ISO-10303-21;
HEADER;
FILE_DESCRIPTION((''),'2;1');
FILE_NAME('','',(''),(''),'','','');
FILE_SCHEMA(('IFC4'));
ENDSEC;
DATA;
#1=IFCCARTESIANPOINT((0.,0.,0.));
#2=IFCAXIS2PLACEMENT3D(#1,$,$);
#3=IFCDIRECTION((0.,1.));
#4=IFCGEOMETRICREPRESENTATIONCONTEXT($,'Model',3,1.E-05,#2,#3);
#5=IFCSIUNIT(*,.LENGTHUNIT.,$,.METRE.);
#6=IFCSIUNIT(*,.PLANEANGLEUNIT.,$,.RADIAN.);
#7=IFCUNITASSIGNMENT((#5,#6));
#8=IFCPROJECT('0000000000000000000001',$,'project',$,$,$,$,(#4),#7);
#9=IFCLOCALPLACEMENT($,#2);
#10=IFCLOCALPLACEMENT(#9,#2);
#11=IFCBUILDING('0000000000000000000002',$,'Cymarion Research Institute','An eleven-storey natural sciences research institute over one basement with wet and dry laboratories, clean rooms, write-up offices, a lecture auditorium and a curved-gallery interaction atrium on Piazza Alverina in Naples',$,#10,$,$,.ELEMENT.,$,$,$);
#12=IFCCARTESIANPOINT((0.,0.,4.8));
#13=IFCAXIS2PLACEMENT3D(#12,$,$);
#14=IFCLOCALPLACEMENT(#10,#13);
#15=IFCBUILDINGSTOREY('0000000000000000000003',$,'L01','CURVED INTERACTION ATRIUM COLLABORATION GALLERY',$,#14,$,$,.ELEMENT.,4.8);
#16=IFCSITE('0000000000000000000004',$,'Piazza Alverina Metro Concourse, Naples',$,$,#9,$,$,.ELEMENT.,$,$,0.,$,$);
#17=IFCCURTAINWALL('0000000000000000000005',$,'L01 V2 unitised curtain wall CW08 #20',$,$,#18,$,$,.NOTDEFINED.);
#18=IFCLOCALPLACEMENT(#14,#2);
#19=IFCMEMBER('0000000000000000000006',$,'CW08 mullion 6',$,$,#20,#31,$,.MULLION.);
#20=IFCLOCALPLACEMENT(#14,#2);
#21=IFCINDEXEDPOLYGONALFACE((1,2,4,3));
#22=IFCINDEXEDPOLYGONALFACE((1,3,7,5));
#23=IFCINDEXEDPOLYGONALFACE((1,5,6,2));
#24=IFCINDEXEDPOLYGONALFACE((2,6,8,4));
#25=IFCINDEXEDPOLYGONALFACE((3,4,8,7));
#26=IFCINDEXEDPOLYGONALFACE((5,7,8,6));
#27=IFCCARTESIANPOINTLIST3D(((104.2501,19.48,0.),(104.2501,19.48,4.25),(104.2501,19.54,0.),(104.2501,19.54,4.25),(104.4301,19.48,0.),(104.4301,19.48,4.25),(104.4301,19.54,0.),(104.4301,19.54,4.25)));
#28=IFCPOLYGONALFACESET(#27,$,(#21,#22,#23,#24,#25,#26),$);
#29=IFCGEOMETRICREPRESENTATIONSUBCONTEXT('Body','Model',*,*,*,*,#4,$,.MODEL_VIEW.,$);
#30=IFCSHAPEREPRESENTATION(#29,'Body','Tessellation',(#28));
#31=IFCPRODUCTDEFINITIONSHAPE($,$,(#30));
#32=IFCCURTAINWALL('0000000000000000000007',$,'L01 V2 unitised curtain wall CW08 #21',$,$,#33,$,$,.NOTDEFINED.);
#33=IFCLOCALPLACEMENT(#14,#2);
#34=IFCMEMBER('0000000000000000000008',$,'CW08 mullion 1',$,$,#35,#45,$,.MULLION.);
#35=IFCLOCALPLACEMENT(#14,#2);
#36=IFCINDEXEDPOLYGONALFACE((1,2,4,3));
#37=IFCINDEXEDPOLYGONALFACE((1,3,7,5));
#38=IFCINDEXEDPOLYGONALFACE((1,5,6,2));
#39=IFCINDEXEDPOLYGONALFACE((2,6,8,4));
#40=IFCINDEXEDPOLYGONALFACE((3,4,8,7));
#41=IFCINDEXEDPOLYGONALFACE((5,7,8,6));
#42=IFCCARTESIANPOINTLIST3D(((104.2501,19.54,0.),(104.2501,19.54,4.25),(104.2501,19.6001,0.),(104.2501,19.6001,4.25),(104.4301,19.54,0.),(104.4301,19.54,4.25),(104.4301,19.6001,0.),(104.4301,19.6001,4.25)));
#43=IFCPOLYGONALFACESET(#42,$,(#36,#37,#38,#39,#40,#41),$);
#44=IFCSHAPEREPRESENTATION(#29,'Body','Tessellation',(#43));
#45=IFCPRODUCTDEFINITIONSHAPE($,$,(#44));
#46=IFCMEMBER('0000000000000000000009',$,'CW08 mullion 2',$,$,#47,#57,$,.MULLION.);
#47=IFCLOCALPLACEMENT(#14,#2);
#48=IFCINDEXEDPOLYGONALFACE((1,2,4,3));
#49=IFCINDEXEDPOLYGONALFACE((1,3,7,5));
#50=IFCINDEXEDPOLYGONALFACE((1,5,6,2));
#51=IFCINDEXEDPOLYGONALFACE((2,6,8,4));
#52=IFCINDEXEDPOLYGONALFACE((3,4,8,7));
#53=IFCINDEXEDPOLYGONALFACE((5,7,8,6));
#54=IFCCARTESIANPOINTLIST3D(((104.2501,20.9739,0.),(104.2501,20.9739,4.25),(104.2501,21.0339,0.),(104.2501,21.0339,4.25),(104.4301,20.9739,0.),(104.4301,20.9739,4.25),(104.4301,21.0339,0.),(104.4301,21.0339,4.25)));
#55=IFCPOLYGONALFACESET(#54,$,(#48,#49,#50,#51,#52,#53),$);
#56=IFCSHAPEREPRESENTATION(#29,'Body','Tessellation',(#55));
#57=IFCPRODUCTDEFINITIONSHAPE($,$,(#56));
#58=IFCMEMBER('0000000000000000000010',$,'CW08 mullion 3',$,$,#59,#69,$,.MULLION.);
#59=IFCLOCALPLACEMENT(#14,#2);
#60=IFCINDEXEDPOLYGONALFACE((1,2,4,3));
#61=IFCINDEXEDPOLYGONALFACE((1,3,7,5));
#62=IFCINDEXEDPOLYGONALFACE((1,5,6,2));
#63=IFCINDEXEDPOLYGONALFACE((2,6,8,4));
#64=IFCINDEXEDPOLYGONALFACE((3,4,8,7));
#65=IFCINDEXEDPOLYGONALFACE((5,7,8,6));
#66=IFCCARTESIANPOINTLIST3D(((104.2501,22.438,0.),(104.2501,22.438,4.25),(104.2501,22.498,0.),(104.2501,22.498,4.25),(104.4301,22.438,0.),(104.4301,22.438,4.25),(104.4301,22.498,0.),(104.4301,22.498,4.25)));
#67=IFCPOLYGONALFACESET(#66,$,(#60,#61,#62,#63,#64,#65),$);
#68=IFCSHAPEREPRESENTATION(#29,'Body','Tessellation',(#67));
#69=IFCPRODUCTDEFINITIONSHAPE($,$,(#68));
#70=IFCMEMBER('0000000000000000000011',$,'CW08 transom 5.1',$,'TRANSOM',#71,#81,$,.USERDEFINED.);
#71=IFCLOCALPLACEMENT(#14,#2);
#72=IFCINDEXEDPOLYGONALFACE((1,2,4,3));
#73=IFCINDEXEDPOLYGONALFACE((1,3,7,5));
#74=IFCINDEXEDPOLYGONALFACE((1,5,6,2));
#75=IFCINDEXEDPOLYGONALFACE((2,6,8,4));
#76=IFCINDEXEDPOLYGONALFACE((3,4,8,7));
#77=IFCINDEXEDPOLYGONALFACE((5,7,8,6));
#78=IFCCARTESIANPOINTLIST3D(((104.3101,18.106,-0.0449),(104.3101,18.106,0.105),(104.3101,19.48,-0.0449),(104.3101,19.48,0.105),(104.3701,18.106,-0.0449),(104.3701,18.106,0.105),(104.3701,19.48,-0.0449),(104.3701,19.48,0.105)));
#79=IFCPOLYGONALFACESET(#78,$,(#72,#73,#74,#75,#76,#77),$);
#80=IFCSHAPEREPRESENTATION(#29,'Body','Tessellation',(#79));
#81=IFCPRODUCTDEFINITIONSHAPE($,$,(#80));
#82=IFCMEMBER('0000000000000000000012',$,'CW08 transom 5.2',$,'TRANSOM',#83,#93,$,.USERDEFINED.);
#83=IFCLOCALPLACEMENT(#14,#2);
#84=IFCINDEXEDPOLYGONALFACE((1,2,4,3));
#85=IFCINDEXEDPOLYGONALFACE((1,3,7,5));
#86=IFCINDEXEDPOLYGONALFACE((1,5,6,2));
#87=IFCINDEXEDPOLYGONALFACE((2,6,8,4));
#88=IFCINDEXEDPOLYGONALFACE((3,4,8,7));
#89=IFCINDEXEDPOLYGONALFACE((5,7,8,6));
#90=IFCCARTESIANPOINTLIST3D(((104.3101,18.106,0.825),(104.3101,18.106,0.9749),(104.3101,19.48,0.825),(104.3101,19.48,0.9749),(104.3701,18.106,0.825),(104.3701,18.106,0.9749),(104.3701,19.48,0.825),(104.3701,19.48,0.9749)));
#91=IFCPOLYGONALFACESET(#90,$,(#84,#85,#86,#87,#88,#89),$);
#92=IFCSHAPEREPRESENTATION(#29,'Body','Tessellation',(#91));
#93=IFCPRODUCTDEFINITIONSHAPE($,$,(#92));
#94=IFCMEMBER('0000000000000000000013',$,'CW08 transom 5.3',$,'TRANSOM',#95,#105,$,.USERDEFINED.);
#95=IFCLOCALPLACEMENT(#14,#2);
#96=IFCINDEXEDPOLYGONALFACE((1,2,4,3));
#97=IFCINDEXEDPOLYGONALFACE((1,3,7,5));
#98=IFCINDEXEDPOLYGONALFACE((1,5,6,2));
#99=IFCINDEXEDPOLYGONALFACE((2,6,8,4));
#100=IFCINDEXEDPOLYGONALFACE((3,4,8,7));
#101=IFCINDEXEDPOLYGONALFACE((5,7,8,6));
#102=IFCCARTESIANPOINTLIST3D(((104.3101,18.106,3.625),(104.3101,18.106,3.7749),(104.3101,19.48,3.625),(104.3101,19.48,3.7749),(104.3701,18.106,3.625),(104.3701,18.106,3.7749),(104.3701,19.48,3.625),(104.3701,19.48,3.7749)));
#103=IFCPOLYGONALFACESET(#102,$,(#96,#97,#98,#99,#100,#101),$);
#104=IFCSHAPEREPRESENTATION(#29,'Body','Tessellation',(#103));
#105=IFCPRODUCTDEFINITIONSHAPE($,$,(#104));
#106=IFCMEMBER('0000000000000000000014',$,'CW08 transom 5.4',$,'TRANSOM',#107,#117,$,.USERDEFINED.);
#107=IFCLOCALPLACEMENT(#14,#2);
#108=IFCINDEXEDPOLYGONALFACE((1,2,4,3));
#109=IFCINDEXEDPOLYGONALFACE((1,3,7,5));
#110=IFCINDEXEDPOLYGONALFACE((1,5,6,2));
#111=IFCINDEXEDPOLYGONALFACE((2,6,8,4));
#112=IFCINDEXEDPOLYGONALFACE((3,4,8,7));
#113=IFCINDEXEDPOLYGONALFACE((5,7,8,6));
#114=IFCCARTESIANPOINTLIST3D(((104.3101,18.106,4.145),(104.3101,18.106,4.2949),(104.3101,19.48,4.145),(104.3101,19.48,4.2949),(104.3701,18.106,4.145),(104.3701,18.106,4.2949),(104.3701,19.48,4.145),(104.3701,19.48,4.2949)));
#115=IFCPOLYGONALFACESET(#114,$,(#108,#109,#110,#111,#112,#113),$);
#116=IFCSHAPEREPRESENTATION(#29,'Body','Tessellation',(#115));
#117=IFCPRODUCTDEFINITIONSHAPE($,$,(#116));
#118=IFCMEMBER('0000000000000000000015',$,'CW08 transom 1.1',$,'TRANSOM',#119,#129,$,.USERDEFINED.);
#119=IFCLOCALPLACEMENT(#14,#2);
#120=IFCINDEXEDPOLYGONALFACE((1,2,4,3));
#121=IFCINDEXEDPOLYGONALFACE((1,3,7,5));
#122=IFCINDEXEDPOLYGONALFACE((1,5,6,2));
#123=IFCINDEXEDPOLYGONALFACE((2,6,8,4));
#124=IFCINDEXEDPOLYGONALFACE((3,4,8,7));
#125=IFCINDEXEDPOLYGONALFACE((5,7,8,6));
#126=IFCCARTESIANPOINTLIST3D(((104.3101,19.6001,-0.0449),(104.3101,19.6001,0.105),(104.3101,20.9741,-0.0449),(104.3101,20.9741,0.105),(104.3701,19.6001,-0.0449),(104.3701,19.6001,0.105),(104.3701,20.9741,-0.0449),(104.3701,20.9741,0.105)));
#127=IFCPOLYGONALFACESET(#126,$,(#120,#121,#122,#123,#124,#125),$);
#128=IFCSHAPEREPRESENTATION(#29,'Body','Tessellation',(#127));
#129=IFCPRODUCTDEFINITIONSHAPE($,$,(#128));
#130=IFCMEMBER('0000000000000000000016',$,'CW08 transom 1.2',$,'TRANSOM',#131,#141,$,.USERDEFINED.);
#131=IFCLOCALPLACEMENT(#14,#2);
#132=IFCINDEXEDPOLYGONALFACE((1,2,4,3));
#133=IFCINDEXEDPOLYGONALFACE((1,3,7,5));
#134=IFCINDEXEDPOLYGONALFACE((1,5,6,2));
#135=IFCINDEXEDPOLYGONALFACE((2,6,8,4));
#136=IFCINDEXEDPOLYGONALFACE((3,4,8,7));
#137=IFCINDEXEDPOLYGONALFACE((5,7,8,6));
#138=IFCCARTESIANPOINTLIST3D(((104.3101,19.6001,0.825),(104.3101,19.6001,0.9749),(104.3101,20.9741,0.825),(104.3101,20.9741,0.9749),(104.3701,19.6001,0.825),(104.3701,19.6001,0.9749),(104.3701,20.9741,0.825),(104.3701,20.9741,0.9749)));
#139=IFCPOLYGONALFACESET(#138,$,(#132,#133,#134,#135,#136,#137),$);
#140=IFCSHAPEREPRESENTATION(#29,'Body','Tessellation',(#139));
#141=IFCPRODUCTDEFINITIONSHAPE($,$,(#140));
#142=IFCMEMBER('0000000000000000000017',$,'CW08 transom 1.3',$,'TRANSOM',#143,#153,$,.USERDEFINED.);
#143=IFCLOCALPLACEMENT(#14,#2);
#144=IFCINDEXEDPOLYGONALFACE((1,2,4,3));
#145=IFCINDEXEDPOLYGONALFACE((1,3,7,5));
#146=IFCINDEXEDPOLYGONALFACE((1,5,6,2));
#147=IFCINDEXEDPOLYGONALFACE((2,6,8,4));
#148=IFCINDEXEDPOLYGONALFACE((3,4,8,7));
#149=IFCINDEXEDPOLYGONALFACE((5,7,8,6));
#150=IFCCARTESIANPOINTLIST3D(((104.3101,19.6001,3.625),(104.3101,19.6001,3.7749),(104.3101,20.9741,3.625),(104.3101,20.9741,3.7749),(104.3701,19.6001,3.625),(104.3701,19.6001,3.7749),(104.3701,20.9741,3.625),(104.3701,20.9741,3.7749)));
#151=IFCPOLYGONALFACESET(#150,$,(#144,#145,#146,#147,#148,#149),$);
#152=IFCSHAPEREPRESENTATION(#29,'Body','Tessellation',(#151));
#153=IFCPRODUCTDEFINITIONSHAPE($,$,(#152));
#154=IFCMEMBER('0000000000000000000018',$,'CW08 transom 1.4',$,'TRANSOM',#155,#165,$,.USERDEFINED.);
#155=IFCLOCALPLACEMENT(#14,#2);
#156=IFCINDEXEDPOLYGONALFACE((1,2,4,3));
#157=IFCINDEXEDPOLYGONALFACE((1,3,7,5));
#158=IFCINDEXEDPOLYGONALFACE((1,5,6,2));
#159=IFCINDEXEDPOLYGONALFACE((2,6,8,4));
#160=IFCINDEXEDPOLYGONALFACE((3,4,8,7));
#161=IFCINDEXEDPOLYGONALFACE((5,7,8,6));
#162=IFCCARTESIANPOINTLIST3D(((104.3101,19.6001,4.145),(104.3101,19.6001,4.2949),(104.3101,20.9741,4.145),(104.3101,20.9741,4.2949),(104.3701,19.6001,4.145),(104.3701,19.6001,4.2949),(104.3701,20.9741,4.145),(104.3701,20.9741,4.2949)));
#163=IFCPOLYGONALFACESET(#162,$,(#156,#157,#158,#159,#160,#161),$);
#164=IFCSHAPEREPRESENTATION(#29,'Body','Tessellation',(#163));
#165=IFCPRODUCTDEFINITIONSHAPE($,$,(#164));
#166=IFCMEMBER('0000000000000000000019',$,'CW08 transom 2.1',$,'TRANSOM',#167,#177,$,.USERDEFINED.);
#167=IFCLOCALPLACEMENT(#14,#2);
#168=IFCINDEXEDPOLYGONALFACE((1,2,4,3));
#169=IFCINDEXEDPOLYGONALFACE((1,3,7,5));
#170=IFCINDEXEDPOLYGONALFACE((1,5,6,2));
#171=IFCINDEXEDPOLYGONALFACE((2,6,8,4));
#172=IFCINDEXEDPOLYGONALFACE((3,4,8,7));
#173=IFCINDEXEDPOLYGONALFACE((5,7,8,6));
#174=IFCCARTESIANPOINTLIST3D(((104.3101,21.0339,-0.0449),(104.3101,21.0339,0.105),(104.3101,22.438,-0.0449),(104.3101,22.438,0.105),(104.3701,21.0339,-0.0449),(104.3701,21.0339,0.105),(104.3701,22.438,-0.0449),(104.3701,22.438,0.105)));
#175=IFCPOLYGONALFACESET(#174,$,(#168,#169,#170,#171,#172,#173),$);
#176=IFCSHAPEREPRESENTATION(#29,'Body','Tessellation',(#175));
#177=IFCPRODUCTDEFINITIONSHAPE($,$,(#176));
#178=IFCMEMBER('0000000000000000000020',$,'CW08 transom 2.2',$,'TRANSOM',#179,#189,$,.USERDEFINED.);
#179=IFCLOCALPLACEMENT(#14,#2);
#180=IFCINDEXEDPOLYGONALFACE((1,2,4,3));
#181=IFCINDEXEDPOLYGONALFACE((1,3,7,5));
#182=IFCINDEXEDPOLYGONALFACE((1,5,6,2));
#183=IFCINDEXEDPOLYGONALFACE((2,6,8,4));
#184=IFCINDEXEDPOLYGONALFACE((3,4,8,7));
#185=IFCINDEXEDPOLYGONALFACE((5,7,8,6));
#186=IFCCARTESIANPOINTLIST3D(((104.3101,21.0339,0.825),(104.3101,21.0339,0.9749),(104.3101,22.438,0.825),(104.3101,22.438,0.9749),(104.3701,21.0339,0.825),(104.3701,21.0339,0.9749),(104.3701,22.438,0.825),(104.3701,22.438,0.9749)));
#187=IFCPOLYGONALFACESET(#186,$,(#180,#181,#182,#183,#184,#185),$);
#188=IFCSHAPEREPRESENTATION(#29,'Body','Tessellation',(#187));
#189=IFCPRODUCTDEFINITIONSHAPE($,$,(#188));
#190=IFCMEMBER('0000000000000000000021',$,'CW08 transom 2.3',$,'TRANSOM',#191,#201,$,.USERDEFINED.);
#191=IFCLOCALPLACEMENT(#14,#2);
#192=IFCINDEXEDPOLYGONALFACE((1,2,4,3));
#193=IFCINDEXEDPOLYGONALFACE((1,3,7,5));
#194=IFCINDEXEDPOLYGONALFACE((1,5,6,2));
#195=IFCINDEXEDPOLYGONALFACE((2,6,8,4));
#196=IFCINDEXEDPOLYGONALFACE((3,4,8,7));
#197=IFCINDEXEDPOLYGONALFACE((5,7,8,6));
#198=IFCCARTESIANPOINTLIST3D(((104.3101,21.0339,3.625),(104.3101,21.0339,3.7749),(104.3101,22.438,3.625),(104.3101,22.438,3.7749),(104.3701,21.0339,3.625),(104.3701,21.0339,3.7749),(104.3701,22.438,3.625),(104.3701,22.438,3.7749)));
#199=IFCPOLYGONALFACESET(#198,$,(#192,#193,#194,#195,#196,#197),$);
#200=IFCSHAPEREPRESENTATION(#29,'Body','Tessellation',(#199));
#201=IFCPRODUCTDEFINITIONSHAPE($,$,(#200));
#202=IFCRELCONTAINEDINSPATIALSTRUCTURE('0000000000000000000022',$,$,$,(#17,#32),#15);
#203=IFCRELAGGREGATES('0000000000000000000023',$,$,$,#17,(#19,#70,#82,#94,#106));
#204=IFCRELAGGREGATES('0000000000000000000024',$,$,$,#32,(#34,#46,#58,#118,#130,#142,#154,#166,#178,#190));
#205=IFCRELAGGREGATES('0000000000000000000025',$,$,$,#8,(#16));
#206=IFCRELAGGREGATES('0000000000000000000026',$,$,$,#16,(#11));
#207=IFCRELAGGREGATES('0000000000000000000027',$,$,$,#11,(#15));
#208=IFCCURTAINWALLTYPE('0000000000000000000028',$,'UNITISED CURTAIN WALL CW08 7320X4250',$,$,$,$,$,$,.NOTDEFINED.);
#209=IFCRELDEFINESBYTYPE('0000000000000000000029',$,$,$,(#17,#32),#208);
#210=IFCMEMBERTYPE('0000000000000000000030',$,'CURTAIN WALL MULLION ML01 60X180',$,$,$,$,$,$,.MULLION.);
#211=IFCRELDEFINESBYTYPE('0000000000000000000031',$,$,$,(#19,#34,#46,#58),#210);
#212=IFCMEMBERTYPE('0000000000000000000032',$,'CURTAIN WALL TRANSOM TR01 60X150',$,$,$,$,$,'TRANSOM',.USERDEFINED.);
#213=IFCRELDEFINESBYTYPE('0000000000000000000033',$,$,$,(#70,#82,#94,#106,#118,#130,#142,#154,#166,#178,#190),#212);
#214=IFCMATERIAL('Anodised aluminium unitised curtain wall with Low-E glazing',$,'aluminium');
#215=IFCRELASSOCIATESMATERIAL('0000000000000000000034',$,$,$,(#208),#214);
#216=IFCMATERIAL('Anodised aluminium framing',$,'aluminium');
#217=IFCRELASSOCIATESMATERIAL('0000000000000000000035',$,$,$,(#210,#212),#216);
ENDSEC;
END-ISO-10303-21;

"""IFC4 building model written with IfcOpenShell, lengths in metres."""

from ifc_helpers import new_model, si_unit, direction, frame, origin, origin_2d, place, context, subcontext, project, spatial, rectangle, extrude, material, material_profile, profile_set, type_object, element, aggregate, save


model = new_model("IFC4")

# Units and contexts
model_context = context("Model", 3, precision=1e-05, world=origin(), true_north=direction((0.0, 1.0)))
body_context = subcontext(model_context, "Body", "Model", "MODEL_VIEW")
ifc_project = project(units=[si_unit("LENGTHUNIT", "METRE"), si_unit("PLANEANGLEUNIT", "RADIAN")], contexts=[model_context])

# Site, building, storey
site_placement = place(None, origin())
site = spatial("IfcSite", under=ifc_project, at=site_placement, Name="Piazza Alverina Metro Concourse, Naples", CompositionType="ELEMENT", RefElevation=0.0)
building_placement = place(site_placement, origin())
building = spatial("IfcBuilding", under=site, at=building_placement, Name="Cymarion Research Institute", Description="An eleven-storey natural sciences research institute over one basement with wet and dry laboratories, clean rooms, write-up offices, a lecture auditorium and a curved-gallery interaction atrium on Piazza Alverina in Naples", CompositionType="ELEMENT")
storey_placement = place(building_placement, frame((0.0, 0.0, 4.8)))
storey = spatial("IfcBuildingStorey", under=building, at=storey_placement, Name="L01", Description="CURVED INTERACTION ATRIUM COLLABORATION GALLERY", CompositionType="ELEMENT", Elevation=4.8)

# Curtain wall, member
ifc_material_1 = material(Name="Anodised aluminium unitised curtain wall with Low-E glazing", Category="aluminium")
curtain_wall_type = type_object("IfcCurtainWallType", Name="UNITISED CURTAIN WALL CW08 7320X4250", PredefinedType="NOTDEFINED", material=ifc_material_1)
curtain_wall_1_placement = place(storey_placement, origin())
curtain_wall_1 = element("IfcCurtainWall", 1, at=curtain_wall_1_placement, inside=storey, type_object=curtain_wall_type, Name="L01 V2 unitised curtain wall CW08 #20", PredefinedType="NOTDEFINED")
ifc_material_2 = material(Name="Anodised aluminium framing", Category="aluminium")
ifc_material_profile_1 = material_profile(ifc_material_2, rectangle(XDim=0.0601, YDim=0.1799, at=origin_2d()), Name="ALU MULLION 60x180")
ifc_profile_set_1 = profile_set([ifc_material_profile_1], Name="Anodised aluminium framing")
member_type_1 = type_object("IfcMemberType", Name="CURTAIN WALL MULLION ML01 60X180", PredefinedType="MULLION", material=ifc_profile_set_1)
member_1_placement = place(storey_placement, frame((104.3401, 19.51, 0.0), z_axis=(0.0, 0.0, 1.0), x_axis=(0.0, 1.0, 0.0)))
member_1 = element("IfcMember", 2, at=member_1_placement, type_object=member_type_1, Name="CW08 mullion 6", PredefinedType="MULLION", context=body_context, shape_type="SweptSolid", body=[
    extrude(rectangle(XDim=0.0601, YDim=0.1799, at=origin_2d()), origin(), (0.0, 0.0, 1.0), 4.25),
])

# Curtain wall, members
curtain_wall_2_placement = place(storey_placement, origin())
curtain_wall_2 = element("IfcCurtainWall", 3, at=curtain_wall_2_placement, inside=storey, type_object=curtain_wall_type, Name="L01 V2 unitised curtain wall CW08 #21", PredefinedType="NOTDEFINED")
member_2_placement = place(storey_placement, frame((104.3401, 19.5701, 0.0), z_axis=(0.0, 0.0, 1.0), x_axis=(0.0, 1.0, 0.0)))
member_2 = element("IfcMember", 4, at=member_2_placement, type_object=member_type_1, Name="CW08 mullion 1", PredefinedType="MULLION", context=body_context, shape_type="SweptSolid", body=[
    extrude(rectangle(XDim=0.0601, YDim=0.1799, at=origin_2d()), origin(), (0.0, 0.0, 1.0), 4.25),
])
member_3_placement = place(storey_placement, frame((104.3401, 21.0039, 0.0), z_axis=(0.0, 0.0, 1.0), x_axis=(0.0, 1.0, 0.0)))
member_3 = element("IfcMember", 5, at=member_3_placement, type_object=member_type_1, Name="CW08 mullion 2", PredefinedType="MULLION", context=body_context, shape_type="SweptSolid", body=[
    extrude(rectangle(XDim=0.0601, YDim=0.1799, at=origin_2d()), origin(), (0.0, 0.0, 1.0), 4.25),
])
member_4_placement = place(storey_placement, frame((104.3401, 22.468, 0.0), z_axis=(0.0, 0.0, 1.0), x_axis=(0.0, 1.0, 0.0)))
member_4 = element("IfcMember", 6, at=member_4_placement, type_object=member_type_1, Name="CW08 mullion 3", PredefinedType="MULLION", context=body_context, shape_type="SweptSolid", body=[
    extrude(rectangle(XDim=0.0601, YDim=0.1799, at=origin_2d()), origin(), (0.0, 0.0, 1.0), 4.25),
])

# Members
ifc_material_profile_2 = material_profile(ifc_material_2, rectangle(XDim=0.0601, YDim=0.1499, at=origin_2d()), Name="ALU TRANSOM 60x150")
ifc_profile_set_2 = profile_set([ifc_material_profile_2], Name="Anodised aluminium framing")
member_type_2 = type_object("IfcMemberType", Name="CURTAIN WALL TRANSOM TR01 60X150", ElementType="TRANSOM", PredefinedType="USERDEFINED", material=ifc_profile_set_2)
member_5_placement = place(storey_placement, frame((104.3401, 18.106, 0.03), z_axis=(0.0, 1.0, 0.0), x_axis=(-1.0, 0.0, 0.0)))
member_5 = element("IfcMember", 7, at=member_5_placement, type_object=member_type_2, Name="CW08 transom 5.1", ObjectType="TRANSOM", PredefinedType="USERDEFINED", context=body_context, shape_type="SweptSolid", body=[
    extrude(rectangle(XDim=0.0601, YDim=0.1499, at=origin_2d()), origin(), (0.0, 0.0, 1.0), 1.374),
])
member_6_placement = place(storey_placement, frame((104.3401, 18.106, 0.8999), z_axis=(0.0, 1.0, 0.0), x_axis=(-1.0, 0.0, 0.0)))
member_6 = element("IfcMember", 8, at=member_6_placement, type_object=member_type_2, Name="CW08 transom 5.2", ObjectType="TRANSOM", PredefinedType="USERDEFINED", context=body_context, shape_type="SweptSolid", body=[
    extrude(rectangle(XDim=0.0601, YDim=0.1499, at=origin_2d()), origin(), (0.0, 0.0, 1.0), 1.374),
])
member_7_placement = place(storey_placement, frame((104.3401, 18.106, 3.7), z_axis=(0.0, 1.0, 0.0), x_axis=(-1.0, 0.0, 0.0)))
member_7 = element("IfcMember", 9, at=member_7_placement, type_object=member_type_2, Name="CW08 transom 5.3", ObjectType="TRANSOM", PredefinedType="USERDEFINED", context=body_context, shape_type="SweptSolid", body=[
    extrude(rectangle(XDim=0.0601, YDim=0.1499, at=origin_2d()), origin(), (0.0, 0.0, 1.0), 1.374),
])
member_8_placement = place(storey_placement, frame((104.3401, 18.106, 4.22), z_axis=(0.0, 1.0, 0.0), x_axis=(-1.0, 0.0, 0.0)))
member_8 = element("IfcMember", 10, at=member_8_placement, type_object=member_type_2, Name="CW08 transom 5.4", ObjectType="TRANSOM", PredefinedType="USERDEFINED", context=body_context, shape_type="SweptSolid", body=[
    extrude(rectangle(XDim=0.0601, YDim=0.1499, at=origin_2d()), origin(), (0.0, 0.0, 1.0), 1.374),
])
member_9_placement = place(storey_placement, frame((104.3401, 19.6001, 0.03), z_axis=(0.0, 1.0, 0.0), x_axis=(-1.0, 0.0, 0.0)))
member_9 = element("IfcMember", 11, at=member_9_placement, type_object=member_type_2, Name="CW08 transom 1.1", ObjectType="TRANSOM", PredefinedType="USERDEFINED", context=body_context, shape_type="SweptSolid", body=[
    extrude(rectangle(XDim=0.0601, YDim=0.1499, at=origin_2d()), origin(), (0.0, 0.0, 1.0), 1.374),
])
member_10_placement = place(storey_placement, frame((104.3401, 19.6001, 0.8999), z_axis=(0.0, 1.0, 0.0), x_axis=(-1.0, 0.0, 0.0)))
member_10 = element("IfcMember", 12, at=member_10_placement, type_object=member_type_2, Name="CW08 transom 1.2", ObjectType="TRANSOM", PredefinedType="USERDEFINED", context=body_context, shape_type="SweptSolid", body=[
    extrude(rectangle(XDim=0.0601, YDim=0.1499, at=origin_2d()), origin(), (0.0, 0.0, 1.0), 1.374),
])
member_11_placement = place(storey_placement, frame((104.3401, 19.6001, 3.7), z_axis=(0.0, 1.0, 0.0), x_axis=(-1.0, 0.0, 0.0)))
member_11 = element("IfcMember", 13, at=member_11_placement, type_object=member_type_2, Name="CW08 transom 1.3", ObjectType="TRANSOM", PredefinedType="USERDEFINED", context=body_context, shape_type="SweptSolid", body=[
    extrude(rectangle(XDim=0.0601, YDim=0.1499, at=origin_2d()), origin(), (0.0, 0.0, 1.0), 1.374),
])
member_12_placement = place(storey_placement, frame((104.3401, 19.6001, 4.22), z_axis=(0.0, 1.0, 0.0), x_axis=(-1.0, 0.0, 0.0)))
member_12 = element("IfcMember", 14, at=member_12_placement, type_object=member_type_2, Name="CW08 transom 1.4", ObjectType="TRANSOM", PredefinedType="USERDEFINED", context=body_context, shape_type="SweptSolid", body=[
    extrude(rectangle(XDim=0.0601, YDim=0.1499, at=origin_2d()), origin(), (0.0, 0.0, 1.0), 1.374),
])
member_13_placement = place(storey_placement, frame((104.3401, 21.0339, 0.03), z_axis=(0.0, 1.0, 0.0), x_axis=(-1.0, 0.0, 0.0)))
member_13 = element("IfcMember", 15, at=member_13_placement, type_object=member_type_2, Name="CW08 transom 2.1", ObjectType="TRANSOM", PredefinedType="USERDEFINED", context=body_context, shape_type="SweptSolid", body=[
    extrude(rectangle(XDim=0.0601, YDim=0.1499, at=origin_2d()), origin(), (0.0, 0.0, 1.0), 1.4041),
])
member_14_placement = place(storey_placement, frame((104.3401, 21.0339, 0.8999), z_axis=(0.0, 1.0, 0.0), x_axis=(-1.0, 0.0, 0.0)))
member_14 = element("IfcMember", 16, at=member_14_placement, type_object=member_type_2, Name="CW08 transom 2.2", ObjectType="TRANSOM", PredefinedType="USERDEFINED", context=body_context, shape_type="SweptSolid", body=[
    extrude(rectangle(XDim=0.0601, YDim=0.1499, at=origin_2d()), origin(), (0.0, 0.0, 1.0), 1.4041),
])
member_15_placement = place(storey_placement, frame((104.3401, 21.0339, 3.7), z_axis=(0.0, 1.0, 0.0), x_axis=(-1.0, 0.0, 0.0)))
member_15 = element("IfcMember", 17, at=member_15_placement, type_object=member_type_2, Name="CW08 transom 2.3", ObjectType="TRANSOM", PredefinedType="USERDEFINED", context=body_context, shape_type="SweptSolid", body=[
    extrude(rectangle(XDim=0.0601, YDim=0.1499, at=origin_2d()), origin(), (0.0, 0.0, 1.0), 1.4041),
])

aggregate(curtain_wall_1, [member_1, member_5, member_6, member_7, member_8])
aggregate(curtain_wall_2, [member_2, member_3, member_4, member_9, member_10, member_11, member_12, member_13, member_14, member_15])

save(model, "model.ifc")
